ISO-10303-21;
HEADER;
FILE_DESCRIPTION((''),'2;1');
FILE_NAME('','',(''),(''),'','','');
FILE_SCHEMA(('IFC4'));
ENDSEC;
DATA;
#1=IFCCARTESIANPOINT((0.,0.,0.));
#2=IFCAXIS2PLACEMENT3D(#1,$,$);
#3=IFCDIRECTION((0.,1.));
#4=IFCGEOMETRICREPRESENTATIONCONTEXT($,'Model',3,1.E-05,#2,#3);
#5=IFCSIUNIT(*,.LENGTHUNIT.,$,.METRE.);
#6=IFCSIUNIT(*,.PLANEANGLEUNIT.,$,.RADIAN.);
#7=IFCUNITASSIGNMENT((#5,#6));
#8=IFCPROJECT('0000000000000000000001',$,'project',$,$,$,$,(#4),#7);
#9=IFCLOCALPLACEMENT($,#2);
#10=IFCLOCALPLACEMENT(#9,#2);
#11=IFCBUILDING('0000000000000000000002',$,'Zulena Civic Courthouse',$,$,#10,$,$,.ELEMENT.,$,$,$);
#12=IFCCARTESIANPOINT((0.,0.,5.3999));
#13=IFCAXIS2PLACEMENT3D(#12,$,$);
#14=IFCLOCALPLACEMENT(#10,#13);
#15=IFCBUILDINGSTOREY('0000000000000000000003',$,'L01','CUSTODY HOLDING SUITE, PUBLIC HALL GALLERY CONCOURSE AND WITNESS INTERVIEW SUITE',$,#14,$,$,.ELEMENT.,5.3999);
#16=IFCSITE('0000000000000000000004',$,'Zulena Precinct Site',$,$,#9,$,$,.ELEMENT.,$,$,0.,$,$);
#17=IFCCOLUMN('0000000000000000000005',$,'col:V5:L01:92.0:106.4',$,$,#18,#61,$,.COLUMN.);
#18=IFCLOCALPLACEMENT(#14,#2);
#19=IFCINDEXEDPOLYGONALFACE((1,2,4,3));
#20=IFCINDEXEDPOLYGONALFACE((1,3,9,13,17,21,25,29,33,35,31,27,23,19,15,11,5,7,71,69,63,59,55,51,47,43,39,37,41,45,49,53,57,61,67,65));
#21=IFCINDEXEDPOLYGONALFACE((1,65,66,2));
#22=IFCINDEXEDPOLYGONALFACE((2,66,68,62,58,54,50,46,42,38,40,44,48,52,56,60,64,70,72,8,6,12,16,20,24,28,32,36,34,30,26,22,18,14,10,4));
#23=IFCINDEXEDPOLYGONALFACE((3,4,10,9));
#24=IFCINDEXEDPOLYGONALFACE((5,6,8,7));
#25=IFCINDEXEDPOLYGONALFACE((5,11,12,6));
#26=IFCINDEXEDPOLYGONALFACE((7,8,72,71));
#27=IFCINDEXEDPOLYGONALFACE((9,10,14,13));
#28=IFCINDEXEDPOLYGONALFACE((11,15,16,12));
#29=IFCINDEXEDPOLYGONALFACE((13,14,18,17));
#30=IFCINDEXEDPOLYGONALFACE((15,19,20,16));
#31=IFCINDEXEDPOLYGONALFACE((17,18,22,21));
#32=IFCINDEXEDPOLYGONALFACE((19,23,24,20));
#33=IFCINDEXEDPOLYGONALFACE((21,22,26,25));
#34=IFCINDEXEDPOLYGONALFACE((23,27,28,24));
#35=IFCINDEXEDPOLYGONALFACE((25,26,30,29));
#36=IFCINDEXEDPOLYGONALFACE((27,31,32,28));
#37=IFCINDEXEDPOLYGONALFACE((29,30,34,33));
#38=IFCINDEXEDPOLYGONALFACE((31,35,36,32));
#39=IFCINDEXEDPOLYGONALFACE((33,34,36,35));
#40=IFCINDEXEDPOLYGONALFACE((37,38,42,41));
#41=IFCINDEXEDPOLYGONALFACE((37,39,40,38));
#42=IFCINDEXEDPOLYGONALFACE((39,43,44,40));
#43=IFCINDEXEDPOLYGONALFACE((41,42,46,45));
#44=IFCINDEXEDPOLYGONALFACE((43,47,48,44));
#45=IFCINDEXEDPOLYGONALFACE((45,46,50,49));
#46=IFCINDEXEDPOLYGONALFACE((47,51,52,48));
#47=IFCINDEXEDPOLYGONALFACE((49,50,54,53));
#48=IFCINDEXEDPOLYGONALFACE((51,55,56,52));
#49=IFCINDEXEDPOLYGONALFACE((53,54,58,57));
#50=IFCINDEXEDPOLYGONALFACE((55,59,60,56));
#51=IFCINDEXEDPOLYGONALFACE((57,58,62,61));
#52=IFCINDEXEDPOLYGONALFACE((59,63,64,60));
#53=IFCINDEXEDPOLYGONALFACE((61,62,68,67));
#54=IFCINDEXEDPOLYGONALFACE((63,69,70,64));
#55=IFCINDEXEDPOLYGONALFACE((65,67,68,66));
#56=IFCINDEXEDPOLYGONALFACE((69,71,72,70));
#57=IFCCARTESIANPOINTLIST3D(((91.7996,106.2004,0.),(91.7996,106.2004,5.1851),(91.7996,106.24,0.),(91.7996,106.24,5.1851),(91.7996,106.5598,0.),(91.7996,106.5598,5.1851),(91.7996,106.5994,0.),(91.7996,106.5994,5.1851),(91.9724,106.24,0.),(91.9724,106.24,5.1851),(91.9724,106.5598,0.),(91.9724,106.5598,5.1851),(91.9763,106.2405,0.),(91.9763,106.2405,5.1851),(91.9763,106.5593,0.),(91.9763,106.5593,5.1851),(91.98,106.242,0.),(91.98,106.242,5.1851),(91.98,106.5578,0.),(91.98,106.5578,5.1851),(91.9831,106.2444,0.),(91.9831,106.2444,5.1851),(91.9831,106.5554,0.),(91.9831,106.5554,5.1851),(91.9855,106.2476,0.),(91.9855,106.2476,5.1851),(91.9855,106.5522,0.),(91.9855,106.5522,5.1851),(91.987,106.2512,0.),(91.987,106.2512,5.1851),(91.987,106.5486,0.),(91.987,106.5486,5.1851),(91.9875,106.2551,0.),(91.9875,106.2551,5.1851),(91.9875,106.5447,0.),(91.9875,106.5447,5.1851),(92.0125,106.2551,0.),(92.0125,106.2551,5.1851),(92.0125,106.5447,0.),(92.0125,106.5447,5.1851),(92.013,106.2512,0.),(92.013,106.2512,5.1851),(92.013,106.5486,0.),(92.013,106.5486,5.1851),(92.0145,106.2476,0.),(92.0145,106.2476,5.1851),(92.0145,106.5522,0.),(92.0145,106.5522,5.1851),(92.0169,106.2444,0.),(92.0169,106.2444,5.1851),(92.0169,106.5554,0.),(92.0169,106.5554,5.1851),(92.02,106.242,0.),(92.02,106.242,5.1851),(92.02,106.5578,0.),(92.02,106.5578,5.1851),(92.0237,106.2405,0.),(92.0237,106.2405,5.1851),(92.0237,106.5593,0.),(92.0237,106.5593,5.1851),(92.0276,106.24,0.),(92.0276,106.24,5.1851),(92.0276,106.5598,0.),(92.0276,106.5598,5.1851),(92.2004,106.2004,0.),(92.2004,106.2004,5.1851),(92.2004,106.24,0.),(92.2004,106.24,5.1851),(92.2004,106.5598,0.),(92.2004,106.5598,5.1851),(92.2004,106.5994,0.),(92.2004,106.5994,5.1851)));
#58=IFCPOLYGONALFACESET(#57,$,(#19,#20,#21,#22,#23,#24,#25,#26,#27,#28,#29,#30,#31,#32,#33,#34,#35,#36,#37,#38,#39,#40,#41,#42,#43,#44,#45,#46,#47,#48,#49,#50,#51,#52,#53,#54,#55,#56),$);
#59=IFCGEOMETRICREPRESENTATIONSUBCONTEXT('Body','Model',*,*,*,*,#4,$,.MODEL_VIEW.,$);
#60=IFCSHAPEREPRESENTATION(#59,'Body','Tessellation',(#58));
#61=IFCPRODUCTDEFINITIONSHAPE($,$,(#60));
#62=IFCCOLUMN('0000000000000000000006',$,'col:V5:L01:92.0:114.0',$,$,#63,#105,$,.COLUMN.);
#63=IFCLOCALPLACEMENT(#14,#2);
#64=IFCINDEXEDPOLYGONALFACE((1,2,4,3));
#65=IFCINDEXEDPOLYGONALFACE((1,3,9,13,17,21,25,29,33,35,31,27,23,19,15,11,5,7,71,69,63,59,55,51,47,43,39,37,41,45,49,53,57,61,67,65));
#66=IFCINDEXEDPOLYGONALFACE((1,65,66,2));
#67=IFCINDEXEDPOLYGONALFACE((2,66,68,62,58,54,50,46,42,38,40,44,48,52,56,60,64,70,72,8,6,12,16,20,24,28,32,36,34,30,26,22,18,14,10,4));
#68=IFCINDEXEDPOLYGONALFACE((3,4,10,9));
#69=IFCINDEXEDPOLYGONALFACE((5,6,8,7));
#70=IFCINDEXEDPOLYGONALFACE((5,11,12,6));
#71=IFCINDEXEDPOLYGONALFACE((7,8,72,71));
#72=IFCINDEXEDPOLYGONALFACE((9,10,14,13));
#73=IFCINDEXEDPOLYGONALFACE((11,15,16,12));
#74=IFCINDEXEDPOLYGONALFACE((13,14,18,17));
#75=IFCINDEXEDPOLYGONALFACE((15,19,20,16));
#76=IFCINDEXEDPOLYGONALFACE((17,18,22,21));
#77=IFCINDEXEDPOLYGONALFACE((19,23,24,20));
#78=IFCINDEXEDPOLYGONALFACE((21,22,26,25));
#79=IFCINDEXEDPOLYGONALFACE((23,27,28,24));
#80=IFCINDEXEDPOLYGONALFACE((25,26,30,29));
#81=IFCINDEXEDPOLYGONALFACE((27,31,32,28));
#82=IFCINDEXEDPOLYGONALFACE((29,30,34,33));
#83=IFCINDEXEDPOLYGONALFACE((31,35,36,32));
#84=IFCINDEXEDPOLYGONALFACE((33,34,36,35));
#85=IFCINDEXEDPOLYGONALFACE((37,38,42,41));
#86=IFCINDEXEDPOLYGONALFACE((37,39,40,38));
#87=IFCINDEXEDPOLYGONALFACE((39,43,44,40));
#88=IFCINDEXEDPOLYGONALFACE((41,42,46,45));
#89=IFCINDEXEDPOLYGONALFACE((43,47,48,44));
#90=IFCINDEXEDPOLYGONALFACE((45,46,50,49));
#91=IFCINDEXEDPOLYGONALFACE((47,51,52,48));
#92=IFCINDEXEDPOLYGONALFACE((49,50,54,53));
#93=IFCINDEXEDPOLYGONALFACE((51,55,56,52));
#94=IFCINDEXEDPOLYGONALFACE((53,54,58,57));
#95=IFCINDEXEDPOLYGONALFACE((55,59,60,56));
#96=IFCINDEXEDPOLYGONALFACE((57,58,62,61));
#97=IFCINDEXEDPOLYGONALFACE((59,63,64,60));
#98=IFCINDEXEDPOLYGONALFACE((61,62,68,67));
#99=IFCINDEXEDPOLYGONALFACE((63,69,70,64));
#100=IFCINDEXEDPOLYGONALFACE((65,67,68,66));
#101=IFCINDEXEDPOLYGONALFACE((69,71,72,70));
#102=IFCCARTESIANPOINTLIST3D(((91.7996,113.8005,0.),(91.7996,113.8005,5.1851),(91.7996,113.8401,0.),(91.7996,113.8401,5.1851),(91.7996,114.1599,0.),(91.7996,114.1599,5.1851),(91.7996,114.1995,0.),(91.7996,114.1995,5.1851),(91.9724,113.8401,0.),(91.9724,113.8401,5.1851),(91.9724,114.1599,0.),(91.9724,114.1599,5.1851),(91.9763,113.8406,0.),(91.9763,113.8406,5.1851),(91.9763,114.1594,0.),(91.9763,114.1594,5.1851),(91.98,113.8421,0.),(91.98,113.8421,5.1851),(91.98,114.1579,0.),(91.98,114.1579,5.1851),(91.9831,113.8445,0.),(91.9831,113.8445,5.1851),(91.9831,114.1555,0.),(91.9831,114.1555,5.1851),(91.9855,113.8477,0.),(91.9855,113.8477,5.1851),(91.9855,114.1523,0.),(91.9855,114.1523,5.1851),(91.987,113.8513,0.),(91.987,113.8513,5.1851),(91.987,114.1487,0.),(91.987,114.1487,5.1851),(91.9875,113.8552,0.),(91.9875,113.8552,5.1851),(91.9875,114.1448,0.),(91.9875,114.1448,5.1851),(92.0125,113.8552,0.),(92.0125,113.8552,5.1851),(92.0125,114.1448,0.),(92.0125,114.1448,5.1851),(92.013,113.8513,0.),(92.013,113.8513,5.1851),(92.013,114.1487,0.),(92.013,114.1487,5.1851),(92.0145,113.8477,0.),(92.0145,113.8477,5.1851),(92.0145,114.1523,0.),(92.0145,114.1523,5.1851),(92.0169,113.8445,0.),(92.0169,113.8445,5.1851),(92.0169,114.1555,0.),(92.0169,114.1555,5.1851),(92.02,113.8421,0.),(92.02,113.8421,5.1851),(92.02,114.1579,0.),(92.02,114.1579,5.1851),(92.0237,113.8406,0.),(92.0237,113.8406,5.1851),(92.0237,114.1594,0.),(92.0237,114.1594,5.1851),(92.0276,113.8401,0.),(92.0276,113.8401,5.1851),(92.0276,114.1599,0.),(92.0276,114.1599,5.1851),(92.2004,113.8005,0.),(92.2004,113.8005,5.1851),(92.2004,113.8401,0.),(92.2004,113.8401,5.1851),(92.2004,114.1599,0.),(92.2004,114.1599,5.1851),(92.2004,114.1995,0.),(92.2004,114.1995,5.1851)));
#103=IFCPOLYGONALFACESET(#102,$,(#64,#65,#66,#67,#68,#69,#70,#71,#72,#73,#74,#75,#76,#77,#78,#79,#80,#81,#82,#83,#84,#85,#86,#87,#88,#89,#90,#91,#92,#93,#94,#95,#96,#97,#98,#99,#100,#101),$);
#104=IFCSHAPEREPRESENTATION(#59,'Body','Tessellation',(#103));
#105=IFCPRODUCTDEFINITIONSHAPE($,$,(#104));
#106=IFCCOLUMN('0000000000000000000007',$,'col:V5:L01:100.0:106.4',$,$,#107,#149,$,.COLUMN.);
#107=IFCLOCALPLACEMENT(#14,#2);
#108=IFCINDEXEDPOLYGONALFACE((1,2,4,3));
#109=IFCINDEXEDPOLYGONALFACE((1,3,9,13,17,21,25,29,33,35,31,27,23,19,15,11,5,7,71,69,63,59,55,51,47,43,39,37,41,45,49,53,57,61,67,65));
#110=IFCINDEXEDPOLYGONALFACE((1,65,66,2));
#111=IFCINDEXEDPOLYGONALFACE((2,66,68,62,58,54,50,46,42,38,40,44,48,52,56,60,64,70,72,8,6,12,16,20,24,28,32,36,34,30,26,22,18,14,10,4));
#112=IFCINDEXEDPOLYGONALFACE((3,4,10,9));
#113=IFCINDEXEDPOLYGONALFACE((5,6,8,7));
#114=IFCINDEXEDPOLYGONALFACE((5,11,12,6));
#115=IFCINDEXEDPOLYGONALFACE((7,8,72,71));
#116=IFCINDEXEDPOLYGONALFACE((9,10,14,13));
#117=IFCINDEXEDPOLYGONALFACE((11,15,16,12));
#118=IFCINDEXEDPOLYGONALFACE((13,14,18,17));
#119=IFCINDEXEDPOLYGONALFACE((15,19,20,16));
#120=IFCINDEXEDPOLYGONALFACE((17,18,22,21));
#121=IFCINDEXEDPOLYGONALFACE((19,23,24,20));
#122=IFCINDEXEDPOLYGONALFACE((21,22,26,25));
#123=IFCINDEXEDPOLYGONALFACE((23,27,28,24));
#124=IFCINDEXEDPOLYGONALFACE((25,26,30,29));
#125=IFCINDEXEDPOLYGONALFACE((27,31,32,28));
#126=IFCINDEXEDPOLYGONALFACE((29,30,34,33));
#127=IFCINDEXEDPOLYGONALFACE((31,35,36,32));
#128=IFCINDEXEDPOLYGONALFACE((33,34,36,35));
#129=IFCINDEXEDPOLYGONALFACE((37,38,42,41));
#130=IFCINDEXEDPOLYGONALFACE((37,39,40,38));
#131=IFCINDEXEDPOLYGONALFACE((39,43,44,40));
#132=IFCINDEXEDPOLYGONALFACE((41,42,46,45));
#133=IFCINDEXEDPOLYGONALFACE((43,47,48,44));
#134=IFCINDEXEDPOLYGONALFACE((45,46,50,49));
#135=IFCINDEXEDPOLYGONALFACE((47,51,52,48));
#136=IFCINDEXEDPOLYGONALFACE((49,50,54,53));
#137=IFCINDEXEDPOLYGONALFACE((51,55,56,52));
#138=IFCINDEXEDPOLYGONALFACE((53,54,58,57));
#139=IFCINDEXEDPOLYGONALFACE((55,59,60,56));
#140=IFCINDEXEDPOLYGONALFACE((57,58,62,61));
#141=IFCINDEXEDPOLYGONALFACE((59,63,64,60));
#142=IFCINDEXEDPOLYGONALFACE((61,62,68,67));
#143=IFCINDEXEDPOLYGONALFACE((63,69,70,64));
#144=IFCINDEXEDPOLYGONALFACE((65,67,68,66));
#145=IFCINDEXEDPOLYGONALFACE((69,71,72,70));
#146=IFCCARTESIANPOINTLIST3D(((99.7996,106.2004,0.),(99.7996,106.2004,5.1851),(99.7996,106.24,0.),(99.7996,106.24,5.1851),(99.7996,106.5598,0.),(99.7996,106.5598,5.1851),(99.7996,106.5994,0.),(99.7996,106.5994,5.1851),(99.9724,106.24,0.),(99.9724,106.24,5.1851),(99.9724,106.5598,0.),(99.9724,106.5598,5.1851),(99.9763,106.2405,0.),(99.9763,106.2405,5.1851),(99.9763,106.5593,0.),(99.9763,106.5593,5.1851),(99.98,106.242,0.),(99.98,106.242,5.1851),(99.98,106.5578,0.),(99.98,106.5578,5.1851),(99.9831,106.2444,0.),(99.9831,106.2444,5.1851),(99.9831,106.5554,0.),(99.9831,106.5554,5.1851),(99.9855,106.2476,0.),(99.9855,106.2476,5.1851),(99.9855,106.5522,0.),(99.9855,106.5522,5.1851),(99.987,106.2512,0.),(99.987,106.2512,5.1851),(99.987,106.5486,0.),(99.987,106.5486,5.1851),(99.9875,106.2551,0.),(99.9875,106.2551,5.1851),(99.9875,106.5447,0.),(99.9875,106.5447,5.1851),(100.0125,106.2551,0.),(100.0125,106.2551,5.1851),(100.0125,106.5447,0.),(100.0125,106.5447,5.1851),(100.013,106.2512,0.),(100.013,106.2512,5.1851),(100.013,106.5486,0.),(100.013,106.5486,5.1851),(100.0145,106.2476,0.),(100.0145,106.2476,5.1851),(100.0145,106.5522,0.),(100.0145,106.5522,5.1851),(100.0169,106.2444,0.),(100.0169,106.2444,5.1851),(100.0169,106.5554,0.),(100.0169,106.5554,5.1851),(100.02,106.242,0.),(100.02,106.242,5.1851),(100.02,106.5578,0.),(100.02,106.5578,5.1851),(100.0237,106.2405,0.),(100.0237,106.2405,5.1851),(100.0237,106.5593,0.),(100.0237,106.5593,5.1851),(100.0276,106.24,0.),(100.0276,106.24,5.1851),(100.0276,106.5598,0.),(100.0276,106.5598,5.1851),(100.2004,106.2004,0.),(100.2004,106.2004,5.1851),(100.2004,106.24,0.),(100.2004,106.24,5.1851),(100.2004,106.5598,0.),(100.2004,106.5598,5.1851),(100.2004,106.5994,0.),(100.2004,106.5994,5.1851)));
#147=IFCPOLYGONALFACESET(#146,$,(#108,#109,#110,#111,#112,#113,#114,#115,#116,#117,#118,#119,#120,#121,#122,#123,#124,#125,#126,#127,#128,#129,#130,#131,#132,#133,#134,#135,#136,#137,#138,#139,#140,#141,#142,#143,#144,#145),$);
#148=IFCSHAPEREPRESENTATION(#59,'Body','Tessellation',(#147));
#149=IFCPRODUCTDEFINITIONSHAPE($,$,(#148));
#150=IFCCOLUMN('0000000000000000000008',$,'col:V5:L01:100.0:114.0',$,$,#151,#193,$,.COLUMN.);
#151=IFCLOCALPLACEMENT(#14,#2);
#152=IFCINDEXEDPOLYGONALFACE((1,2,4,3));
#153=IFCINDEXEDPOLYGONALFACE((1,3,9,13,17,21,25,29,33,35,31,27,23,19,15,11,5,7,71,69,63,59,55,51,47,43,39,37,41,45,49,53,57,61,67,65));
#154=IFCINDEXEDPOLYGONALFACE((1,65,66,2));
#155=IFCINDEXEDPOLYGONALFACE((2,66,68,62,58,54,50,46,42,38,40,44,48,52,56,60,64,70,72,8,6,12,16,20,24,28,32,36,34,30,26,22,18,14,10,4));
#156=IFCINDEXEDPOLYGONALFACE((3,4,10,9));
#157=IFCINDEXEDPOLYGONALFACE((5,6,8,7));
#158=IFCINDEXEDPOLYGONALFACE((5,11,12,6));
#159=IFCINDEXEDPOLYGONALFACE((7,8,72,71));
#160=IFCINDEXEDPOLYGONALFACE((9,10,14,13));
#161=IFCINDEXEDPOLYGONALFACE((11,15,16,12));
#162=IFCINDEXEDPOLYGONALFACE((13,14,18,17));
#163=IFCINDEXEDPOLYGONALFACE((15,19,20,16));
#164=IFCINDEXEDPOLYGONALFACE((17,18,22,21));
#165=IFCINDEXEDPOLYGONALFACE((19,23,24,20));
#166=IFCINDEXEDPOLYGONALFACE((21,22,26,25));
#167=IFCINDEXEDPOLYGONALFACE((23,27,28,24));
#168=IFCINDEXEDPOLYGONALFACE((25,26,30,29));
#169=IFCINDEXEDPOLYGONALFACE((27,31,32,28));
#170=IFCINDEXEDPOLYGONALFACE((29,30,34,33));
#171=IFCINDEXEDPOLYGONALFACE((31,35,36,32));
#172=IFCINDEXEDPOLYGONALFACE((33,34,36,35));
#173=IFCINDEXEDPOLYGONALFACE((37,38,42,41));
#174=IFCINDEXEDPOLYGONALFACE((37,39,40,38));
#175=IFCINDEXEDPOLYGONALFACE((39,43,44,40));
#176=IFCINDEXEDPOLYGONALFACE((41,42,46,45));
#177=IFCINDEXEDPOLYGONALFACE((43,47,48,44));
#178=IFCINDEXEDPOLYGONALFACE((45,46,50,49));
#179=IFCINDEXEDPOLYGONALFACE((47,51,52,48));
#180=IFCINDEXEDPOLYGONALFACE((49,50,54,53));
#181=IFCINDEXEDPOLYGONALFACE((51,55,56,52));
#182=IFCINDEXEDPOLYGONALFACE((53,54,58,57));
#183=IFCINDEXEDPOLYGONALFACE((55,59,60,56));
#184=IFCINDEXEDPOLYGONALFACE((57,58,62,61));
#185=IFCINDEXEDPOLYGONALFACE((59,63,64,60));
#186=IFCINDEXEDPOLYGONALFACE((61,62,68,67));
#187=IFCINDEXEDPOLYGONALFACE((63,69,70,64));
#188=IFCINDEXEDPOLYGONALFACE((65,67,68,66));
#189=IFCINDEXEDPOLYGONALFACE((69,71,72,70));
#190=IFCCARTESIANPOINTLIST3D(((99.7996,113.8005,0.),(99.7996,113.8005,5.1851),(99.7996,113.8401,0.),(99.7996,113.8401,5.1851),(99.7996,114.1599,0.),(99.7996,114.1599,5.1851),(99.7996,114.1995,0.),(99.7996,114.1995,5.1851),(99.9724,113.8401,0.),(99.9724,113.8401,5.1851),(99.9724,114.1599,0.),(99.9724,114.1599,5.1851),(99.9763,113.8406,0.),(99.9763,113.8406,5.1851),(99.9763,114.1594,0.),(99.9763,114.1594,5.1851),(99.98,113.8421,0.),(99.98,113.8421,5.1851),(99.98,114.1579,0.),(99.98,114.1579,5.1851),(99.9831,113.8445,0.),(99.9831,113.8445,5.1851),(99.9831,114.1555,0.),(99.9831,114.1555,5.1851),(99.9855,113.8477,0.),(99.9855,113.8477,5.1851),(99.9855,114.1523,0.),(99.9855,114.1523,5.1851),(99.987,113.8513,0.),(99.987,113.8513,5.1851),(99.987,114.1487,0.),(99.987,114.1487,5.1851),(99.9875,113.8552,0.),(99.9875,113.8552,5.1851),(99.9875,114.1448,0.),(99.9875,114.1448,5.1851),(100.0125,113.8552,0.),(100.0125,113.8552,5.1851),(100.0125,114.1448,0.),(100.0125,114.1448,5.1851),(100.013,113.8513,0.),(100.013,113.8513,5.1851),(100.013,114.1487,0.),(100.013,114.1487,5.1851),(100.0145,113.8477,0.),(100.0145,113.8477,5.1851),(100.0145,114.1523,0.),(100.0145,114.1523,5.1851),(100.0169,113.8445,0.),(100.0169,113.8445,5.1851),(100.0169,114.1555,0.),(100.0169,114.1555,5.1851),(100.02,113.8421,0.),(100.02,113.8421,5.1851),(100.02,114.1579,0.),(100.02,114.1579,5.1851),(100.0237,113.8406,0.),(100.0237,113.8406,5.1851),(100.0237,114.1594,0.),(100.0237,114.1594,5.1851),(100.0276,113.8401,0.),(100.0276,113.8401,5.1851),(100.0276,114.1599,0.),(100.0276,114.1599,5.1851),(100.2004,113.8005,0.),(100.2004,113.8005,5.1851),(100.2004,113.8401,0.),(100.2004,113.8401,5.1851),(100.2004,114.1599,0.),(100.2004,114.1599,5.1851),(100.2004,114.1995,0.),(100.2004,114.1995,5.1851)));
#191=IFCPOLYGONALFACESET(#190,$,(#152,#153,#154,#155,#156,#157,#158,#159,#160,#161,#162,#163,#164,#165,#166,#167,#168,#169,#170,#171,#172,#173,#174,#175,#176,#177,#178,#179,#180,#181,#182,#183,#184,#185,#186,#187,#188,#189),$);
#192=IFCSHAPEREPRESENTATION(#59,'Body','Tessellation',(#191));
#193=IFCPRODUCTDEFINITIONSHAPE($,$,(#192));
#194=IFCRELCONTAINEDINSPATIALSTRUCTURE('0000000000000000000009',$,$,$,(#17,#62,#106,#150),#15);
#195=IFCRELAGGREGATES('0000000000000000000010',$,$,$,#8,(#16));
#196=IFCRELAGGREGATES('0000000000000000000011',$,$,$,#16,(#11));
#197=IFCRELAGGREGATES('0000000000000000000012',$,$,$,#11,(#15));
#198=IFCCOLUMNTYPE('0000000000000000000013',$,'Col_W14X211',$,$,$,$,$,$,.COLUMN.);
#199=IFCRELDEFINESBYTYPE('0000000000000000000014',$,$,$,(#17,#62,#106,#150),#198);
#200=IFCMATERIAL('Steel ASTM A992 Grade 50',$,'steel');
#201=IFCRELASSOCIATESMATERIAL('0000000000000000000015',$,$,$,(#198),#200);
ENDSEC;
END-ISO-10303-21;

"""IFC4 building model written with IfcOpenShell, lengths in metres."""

from ifc_helpers import new_model, si_unit, direction, frame, origin, origin_2d, place, context, subcontext, project, spatial, i_section, extrude, material, material_profile, profile_set, type_object, element, save


model = new_model("IFC4")

# Units and contexts
model_context = context("Model", 3, precision=1e-05, world=origin(), true_north=direction((0.0, 1.0)))
body_context = subcontext(model_context, "Body", "Model", "MODEL_VIEW")
ifc_project = project(units=[si_unit("LENGTHUNIT", "METRE"), si_unit("PLANEANGLEUNIT", "RADIAN")], contexts=[model_context])

# Site, building, storey
site_placement = place(None, origin())
site = spatial("IfcSite", under=ifc_project, at=site_placement, Name="Zulena Precinct Site", CompositionType="ELEMENT", RefElevation=0.0)
building_placement = place(site_placement, origin())
building = spatial("IfcBuilding", under=site, at=building_placement, Name="Zulena Civic Courthouse", CompositionType="ELEMENT")
storey_placement = place(building_placement, frame((0.0, 0.0, 5.3999)))
storey = spatial("IfcBuildingStorey", under=building, at=storey_placement, Name="L01", Description="CUSTODY HOLDING SUITE, PUBLIC HALL GALLERY CONCOURSE AND WITNESS INTERVIEW SUITE", CompositionType="ELEMENT", Elevation=5.3999)

# Columns
ifc_material_1 = material(Name="Steel ASTM A992 Grade 50", Category="steel")
ifc_material_profile_1 = material_profile(ifc_material_1, i_section(OverallWidth=0.4009, OverallDepth=0.3989, WebThickness=0.0249, FlangeThickness=0.0396, FilletRadius=0.0151, at=origin_2d()), Name="W14X211")
ifc_profile_set_1 = profile_set([ifc_material_profile_1], Name="Steel ASTM A992 Grade 50")
column_type = type_object("IfcColumnType", Name="Col_W14X211", PredefinedType="COLUMN", material=ifc_profile_set_1)
for number, where, z_axis, x_axis, name in (
    (1, (92.0, 106.3999, 0.0), (0.0, 0.0, 1.0), (1.0, 0.0, 0.0), "col:V5:L01:92.0:106.4"),
    (2, (92.0, 114.0, 0.0), (0.0, 0.0, 1.0), (1.0, 0.0, 0.0), "col:V5:L01:92.0:114.0"),
    (3, (100.0, 106.3999, 0.0), (0.0, 0.0, 1.0), (1.0, 0.0, 0.0), "col:V5:L01:100.0:106.4"),
    (4, (100.0, 114.0, 0.0), (0.0, 0.0, 1.0), (1.0, 0.0, 0.0), "col:V5:L01:100.0:114.0"),
):
    element("IfcColumn", number, at=place(storey_placement, frame(where, z_axis=z_axis, x_axis=x_axis)), inside=storey, type_object=column_type, Name=name, PredefinedType="COLUMN", context=body_context, shape_type="SweptSolid", body=[
        extrude(i_section(OverallWidth=0.4009, OverallDepth=0.3989, WebThickness=0.0249, FlangeThickness=0.0396, FilletRadius=0.0151, at=origin_2d()), origin(), (0.0, 0.0, 1.0), 5.1851),
    ])

save(model, "model.ifc")
